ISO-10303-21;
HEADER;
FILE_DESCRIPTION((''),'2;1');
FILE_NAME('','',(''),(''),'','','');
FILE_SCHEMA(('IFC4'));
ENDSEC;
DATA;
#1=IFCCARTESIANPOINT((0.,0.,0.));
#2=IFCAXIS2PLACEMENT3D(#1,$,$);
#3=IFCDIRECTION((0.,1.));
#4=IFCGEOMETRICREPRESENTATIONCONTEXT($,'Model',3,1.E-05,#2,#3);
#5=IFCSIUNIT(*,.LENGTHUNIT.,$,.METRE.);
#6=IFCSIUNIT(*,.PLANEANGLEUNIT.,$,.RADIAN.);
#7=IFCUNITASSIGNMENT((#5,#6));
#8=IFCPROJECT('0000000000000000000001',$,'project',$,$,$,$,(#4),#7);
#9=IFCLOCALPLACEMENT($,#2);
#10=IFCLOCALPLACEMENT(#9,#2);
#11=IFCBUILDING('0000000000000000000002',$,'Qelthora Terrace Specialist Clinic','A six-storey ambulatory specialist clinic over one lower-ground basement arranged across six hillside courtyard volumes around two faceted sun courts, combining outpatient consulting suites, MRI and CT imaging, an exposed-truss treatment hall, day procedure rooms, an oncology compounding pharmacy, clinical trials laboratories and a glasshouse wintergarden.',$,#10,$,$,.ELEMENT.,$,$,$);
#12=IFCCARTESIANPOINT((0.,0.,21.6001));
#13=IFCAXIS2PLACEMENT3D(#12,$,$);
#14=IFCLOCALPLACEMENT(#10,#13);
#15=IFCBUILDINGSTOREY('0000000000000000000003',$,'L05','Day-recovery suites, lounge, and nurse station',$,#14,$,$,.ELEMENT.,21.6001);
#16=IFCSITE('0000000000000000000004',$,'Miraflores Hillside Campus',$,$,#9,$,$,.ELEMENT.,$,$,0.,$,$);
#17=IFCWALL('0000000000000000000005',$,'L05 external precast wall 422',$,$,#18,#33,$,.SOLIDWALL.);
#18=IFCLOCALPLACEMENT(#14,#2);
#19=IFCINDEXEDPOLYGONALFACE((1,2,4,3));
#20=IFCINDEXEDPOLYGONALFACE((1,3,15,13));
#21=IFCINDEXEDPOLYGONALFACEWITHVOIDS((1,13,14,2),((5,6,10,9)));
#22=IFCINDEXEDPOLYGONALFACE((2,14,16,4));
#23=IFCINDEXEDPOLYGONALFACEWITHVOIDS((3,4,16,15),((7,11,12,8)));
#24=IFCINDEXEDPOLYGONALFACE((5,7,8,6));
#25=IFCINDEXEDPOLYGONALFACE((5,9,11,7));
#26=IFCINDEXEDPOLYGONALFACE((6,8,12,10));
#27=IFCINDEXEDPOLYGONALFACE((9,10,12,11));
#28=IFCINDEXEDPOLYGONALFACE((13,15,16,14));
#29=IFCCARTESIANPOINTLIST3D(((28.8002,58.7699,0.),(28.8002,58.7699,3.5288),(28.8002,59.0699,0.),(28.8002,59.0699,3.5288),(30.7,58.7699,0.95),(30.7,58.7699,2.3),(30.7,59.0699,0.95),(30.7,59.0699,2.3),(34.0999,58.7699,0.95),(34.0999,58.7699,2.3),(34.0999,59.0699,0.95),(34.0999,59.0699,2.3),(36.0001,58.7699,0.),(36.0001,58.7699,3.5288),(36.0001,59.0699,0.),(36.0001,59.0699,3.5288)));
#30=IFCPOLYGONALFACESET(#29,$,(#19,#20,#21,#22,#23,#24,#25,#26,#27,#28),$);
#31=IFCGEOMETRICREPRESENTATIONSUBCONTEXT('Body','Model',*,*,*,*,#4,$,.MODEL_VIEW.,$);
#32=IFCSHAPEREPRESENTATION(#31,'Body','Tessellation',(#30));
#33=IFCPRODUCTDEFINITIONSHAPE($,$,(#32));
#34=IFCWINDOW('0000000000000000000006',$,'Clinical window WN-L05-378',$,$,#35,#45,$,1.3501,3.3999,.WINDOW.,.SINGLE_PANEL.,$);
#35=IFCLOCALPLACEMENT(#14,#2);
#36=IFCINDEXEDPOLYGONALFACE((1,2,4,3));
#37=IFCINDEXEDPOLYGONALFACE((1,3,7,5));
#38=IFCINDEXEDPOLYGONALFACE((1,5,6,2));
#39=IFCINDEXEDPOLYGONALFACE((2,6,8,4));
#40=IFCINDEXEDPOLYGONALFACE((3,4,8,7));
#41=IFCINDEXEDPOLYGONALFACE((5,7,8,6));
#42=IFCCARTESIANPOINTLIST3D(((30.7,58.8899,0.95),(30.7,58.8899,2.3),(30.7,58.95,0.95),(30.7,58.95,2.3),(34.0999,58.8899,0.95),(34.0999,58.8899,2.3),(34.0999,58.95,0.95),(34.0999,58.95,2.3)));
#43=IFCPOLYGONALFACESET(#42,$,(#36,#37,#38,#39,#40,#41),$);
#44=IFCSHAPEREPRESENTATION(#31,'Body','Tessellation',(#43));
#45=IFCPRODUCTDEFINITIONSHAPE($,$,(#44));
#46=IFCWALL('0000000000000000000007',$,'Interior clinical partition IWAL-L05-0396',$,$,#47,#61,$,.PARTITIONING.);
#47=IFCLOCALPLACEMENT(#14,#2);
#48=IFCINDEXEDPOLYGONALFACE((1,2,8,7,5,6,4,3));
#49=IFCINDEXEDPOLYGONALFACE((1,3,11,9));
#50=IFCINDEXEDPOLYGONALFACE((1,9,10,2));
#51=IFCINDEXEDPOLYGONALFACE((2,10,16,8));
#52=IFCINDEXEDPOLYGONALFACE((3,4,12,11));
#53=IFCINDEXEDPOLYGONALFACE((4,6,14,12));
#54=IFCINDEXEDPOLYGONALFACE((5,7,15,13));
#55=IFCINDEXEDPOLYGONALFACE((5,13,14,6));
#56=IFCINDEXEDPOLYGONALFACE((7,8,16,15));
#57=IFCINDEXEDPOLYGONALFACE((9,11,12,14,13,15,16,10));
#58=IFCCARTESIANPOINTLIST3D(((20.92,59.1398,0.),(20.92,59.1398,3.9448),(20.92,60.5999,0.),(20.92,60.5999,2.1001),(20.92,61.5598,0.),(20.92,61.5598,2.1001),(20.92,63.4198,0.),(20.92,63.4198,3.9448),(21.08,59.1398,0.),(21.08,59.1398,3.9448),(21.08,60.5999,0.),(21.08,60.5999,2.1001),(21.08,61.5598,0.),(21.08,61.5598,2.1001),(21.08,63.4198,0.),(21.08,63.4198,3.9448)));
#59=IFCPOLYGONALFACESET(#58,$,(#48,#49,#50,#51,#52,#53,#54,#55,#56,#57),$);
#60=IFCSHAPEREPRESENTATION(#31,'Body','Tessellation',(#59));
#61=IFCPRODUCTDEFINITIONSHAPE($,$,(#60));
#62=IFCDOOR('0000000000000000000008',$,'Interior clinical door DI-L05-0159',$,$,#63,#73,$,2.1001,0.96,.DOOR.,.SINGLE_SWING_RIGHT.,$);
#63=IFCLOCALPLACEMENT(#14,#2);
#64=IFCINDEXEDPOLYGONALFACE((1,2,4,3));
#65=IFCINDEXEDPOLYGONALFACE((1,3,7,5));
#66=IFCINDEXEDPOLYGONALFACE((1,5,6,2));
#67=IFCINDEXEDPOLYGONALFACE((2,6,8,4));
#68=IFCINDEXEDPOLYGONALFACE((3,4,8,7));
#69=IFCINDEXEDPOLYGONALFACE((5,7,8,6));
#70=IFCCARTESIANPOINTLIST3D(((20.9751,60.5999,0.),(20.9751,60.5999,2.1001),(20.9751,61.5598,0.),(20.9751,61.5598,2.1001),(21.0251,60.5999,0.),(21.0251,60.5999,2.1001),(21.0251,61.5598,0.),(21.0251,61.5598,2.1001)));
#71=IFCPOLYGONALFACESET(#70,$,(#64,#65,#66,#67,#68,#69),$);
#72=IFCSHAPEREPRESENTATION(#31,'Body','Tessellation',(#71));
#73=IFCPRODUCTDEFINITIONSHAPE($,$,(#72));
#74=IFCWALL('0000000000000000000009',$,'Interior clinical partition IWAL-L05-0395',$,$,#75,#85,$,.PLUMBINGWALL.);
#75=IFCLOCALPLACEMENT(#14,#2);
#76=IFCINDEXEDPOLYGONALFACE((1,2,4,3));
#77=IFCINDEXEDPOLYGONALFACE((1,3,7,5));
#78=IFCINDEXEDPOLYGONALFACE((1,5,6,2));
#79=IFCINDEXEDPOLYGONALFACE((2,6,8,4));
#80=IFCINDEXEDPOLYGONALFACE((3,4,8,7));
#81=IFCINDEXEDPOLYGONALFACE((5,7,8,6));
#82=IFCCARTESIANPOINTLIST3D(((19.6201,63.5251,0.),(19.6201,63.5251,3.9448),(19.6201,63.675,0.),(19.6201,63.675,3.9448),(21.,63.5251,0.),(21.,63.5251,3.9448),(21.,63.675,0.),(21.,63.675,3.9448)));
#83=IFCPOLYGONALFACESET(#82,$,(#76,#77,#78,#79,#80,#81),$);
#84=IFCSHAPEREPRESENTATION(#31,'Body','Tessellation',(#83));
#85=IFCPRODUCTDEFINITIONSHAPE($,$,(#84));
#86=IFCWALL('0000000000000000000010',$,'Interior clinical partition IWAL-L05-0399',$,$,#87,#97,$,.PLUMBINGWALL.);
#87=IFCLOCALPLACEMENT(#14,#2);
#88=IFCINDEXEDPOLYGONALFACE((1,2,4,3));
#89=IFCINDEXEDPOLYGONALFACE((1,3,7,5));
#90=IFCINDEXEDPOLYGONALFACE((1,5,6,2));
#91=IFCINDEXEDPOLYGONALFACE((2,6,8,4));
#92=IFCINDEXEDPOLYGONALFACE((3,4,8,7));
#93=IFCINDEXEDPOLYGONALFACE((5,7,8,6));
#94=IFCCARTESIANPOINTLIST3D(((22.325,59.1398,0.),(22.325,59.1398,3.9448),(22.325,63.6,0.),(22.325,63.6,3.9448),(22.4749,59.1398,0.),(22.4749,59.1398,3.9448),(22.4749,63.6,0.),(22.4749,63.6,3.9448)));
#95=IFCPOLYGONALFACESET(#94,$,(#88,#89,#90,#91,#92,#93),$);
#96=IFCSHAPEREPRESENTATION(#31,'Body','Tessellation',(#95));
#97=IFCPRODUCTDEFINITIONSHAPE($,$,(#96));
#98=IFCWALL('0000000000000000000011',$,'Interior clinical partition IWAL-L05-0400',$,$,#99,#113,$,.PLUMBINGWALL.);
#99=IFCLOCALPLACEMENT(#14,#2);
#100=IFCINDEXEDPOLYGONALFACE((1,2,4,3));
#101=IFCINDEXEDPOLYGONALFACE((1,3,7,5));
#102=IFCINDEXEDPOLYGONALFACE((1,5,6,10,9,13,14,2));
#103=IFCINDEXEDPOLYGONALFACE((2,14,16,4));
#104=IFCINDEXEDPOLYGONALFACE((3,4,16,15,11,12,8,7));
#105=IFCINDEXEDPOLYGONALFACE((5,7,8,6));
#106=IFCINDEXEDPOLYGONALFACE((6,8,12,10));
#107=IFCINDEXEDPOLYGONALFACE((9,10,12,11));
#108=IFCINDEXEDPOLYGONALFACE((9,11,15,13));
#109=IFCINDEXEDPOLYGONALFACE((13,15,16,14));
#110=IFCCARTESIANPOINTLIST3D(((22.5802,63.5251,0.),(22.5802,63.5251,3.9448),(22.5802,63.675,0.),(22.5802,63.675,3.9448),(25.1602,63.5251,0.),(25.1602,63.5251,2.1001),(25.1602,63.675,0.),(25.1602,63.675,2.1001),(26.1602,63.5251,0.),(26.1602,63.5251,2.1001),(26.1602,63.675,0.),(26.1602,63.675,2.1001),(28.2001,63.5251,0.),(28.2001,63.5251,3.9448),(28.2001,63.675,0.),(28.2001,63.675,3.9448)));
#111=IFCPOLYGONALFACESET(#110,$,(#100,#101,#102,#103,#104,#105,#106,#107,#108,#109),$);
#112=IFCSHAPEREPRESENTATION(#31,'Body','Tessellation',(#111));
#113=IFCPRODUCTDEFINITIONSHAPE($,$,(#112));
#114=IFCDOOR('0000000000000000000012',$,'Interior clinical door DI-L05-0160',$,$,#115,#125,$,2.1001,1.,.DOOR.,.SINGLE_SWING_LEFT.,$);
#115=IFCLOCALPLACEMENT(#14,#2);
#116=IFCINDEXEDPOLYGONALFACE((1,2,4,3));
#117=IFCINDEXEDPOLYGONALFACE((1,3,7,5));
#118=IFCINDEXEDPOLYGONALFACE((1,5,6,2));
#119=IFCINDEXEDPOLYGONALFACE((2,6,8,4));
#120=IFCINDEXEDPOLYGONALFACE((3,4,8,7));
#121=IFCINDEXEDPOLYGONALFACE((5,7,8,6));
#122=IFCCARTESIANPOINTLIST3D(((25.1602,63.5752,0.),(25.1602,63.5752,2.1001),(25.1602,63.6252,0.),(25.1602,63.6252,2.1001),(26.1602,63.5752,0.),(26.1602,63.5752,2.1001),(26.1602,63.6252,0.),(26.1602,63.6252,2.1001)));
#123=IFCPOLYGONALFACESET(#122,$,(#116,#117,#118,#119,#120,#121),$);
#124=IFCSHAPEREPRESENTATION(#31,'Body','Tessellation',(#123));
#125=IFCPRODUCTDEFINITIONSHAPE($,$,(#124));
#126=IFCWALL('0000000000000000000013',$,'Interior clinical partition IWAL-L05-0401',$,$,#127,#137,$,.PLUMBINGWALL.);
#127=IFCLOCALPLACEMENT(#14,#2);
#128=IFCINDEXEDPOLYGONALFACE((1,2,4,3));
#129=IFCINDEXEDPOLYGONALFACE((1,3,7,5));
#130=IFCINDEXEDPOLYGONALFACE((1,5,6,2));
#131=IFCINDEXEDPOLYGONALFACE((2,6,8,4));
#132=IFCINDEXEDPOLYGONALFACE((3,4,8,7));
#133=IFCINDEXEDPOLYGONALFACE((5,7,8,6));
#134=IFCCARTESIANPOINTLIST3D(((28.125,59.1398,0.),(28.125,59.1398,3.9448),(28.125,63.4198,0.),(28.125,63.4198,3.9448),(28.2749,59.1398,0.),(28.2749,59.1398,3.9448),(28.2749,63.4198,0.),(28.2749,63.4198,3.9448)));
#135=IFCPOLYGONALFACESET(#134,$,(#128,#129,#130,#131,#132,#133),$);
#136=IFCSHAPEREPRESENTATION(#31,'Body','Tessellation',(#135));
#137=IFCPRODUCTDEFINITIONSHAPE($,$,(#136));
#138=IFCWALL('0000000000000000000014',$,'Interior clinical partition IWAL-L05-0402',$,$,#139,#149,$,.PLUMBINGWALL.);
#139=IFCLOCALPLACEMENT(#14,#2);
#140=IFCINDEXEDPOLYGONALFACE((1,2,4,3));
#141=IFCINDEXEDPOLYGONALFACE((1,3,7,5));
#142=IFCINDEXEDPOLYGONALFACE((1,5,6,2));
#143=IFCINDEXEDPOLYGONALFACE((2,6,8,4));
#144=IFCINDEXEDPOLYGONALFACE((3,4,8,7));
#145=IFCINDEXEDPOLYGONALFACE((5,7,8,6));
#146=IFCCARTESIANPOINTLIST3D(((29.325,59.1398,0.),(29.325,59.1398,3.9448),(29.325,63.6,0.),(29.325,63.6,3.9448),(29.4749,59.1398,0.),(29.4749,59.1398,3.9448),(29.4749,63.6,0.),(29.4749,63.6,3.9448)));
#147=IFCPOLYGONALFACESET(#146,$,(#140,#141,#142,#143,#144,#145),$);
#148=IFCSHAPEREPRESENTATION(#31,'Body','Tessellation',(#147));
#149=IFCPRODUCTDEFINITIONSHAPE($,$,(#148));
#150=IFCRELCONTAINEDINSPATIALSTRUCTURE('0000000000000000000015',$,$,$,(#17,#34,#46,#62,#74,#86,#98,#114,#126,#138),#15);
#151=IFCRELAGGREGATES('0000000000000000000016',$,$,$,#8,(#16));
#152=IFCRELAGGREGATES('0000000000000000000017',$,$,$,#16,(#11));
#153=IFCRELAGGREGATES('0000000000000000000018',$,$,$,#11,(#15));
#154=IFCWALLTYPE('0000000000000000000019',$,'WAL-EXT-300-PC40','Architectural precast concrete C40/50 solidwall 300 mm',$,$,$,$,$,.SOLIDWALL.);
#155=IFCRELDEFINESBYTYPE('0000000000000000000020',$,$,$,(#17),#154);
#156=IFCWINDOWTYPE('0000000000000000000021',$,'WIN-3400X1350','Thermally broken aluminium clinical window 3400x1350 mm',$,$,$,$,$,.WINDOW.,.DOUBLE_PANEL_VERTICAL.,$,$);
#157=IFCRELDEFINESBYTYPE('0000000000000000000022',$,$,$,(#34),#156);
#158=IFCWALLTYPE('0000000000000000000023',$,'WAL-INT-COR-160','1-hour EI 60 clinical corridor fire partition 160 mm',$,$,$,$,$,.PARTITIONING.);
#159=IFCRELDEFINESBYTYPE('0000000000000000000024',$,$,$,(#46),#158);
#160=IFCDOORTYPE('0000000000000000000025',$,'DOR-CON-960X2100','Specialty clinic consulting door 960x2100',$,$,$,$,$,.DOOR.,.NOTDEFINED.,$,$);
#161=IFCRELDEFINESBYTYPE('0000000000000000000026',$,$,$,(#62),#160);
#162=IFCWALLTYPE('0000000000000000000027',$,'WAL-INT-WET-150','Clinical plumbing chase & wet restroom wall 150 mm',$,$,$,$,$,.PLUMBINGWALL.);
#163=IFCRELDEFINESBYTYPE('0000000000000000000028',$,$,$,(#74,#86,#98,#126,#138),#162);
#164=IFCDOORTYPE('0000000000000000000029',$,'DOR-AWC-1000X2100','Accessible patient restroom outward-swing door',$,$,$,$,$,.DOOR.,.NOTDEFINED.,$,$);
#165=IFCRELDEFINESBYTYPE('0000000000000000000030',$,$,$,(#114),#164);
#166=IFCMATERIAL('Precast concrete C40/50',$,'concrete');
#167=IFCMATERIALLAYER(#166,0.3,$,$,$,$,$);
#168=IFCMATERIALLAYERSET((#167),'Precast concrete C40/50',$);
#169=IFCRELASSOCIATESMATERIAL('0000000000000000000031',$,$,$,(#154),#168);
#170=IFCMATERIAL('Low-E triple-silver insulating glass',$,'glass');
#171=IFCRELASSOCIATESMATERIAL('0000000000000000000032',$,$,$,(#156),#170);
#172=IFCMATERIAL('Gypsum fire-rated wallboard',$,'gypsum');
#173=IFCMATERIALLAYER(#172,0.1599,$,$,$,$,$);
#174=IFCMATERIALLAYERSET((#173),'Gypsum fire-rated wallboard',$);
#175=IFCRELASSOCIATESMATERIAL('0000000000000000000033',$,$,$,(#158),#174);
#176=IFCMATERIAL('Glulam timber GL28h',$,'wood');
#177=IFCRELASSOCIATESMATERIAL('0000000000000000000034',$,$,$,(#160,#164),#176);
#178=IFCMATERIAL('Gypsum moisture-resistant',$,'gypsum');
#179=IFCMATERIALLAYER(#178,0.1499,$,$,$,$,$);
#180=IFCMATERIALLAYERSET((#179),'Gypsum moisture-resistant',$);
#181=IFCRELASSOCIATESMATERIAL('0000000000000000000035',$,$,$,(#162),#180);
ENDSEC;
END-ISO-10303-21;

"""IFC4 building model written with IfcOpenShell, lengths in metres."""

from ifc_helpers import new_model, si_unit, direction, frame, frame_2d, origin, place, context, subcontext, project, spatial, rectangle, extrude, material, layer, layer_set, type_object, element, fill, save


model = new_model("IFC4")

# Units and contexts
model_context = context("Model", 3, precision=1e-05, world=origin(), true_north=direction((0.0, 1.0)))
body_context = subcontext(model_context, "Body", "Model", "MODEL_VIEW")
ifc_project = project(units=[si_unit("LENGTHUNIT", "METRE"), si_unit("PLANEANGLEUNIT", "RADIAN")], contexts=[model_context])

# Site, building, storey
site_placement = place(None, origin())
site = spatial("IfcSite", under=ifc_project, at=site_placement, Name="Miraflores Hillside Campus", CompositionType="ELEMENT", RefElevation=0.0)
building_placement = place(site_placement, origin())
building = spatial("IfcBuilding", under=site, at=building_placement, Name="Qelthora Terrace Specialist Clinic", Description="A six-storey ambulatory specialist clinic over one lower-ground basement arranged across six hillside courtyard volumes around two faceted sun courts, combining outpatient consulting suites, MRI and CT imaging, an exposed-truss treatment hall, day procedure rooms, an oncology compounding pharmacy, clinical trials laboratories and a glasshouse wintergarden.", CompositionType="ELEMENT")
storey_placement = place(building_placement, frame((0.0, 0.0, 21.6001)))
storey = spatial("IfcBuildingStorey", under=building, at=storey_placement, Name="L05", Description="Day-recovery suites, lounge, and nurse station", CompositionType="ELEMENT", Elevation=21.6001)

# Wall, opening, window
ifc_material_1 = material(Name="Precast concrete C40/50", Category="concrete")
ifc_material_2 = material(Name="Low-E triple-silver insulating glass", Category="glass")
ifc_layer_1 = layer(ifc_material_1, 0.3)
ifc_layer_set_1 = layer_set([ifc_layer_1], Name="Precast concrete C40/50")
wall_type_1 = type_object("IfcWallType", Name="WAL-EXT-300-PC40", Description="Architectural precast concrete C40/50 solidwall 300 mm", PredefinedType="SOLIDWALL", material=ifc_layer_set_1)
wall_1_placement = place(storey_placement, frame((28.8, 58.9199, 0.0), z_axis=(0.0, 0.0, 1.0), x_axis=(1.0, 0.0, 0.0)))
wall_1 = element("IfcWall", 1, at=wall_1_placement, inside=storey, type_object=wall_type_1, Name="L05 external precast wall 422", PredefinedType="SOLIDWALL", context=body_context, shape_type="SweptSolid", body=[
    extrude(rectangle(XDim=7.2, YDim=0.3, at=frame_2d((3.6001, 0.0))), origin(), (0.0, 0.0, 1.0), 3.5288),
])
opening_1_placement = place(wall_1_placement, frame((1.8999, 0.0, 0.95)))
opening_1 = element("IfcOpeningElement", 2, at=opening_1_placement, cuts=wall_1, PredefinedType="OPENING", context=body_context, shape_type="SweptSolid", body=[
    extrude(rectangle(XDim=3.3999, YDim=1.3501, at=frame_2d((1.7, 0.675))), frame((0.0, 0.1599, 0.0), z_axis=(0.0, -1.0, 0.0), x_axis=(1.0, 0.0, 0.0)), (0.0, 0.0, 1.0), 0.3201),
])
window_type_1 = type_object("IfcWindowType", Name="WIN-3400X1350", Description="Thermally broken aluminium clinical window 3400x1350 mm", PartitioningType="DOUBLE_PANEL_VERTICAL", PredefinedType="WINDOW", material=ifc_material_2)
window_1_placement = place(opening_1_placement, origin())
window_1 = element("IfcWindow", 3, at=window_1_placement, inside=storey, type_object=window_type_1, Name="Clinical window WN-L05-378", OverallHeight=1.3501, OverallWidth=3.3999, PartitioningType="SINGLE_PANEL", PredefinedType="WINDOW", context=body_context, shape_type="SweptSolid", body=[
    extrude(rectangle(XDim=3.3999, YDim=1.3501, at=frame_2d((1.7, 0.675))), frame((0.0, 0.03, 0.0), z_axis=(0.0, -1.0, 0.0), x_axis=(1.0, 0.0, 0.0)), (0.0, 0.0, 1.0), 0.0601),
])
fill(opening_1, window_1)

# Wall, opening, door
ifc_material_3 = material(Name="Gypsum fire-rated wallboard", Category="gypsum")
ifc_layer_2 = layer(ifc_material_3, 0.1599)
ifc_layer_set_2 = layer_set([ifc_layer_2], Name="Gypsum fire-rated wallboard")
wall_type_2 = type_object("IfcWallType", Name="WAL-INT-COR-160", Description="1-hour EI 60 clinical corridor fire partition 160 mm", PredefinedType="PARTITIONING", material=ifc_layer_set_2)
wall_2_placement = place(storey_placement, frame((21.0, 63.4199, 0.0), z_axis=(0.0, 0.0, 1.0), x_axis=(0.0, -1.0, 0.0)))
wall_2 = element("IfcWall", 4, at=wall_2_placement, inside=storey, type_object=wall_type_2, Name="Interior clinical partition IWAL-L05-0396", PredefinedType="PARTITIONING", context=body_context, shape_type="SweptSolid", body=[
    extrude(rectangle(XDim=4.28, YDim=0.1599, at=frame_2d((2.1401, 0.0))), origin(), (0.0, 0.0, 1.0), 3.9448),
])
opening_2_placement = place(wall_2_placement, frame((1.8601, 0.0, 0.0)))
opening_2 = element("IfcOpeningElement", 5, at=opening_2_placement, cuts=wall_2, PredefinedType="OPENING", context=body_context, shape_type="SweptSolid", body=[
    extrude(rectangle(XDim=0.96, YDim=2.1001, at=frame_2d((0.48, 1.05))), frame((0.0, 0.0898, 0.0), z_axis=(0.0, -1.0, 0.0), x_axis=(1.0, 0.0, 0.0)), (0.0, 0.0, 1.0), 0.1799),
])
ifc_material_4 = material(Name="Glulam timber GL28h", Category="wood")
door_type_1 = type_object("IfcDoorType", Name="DOR-CON-960X2100", Description="Specialty clinic consulting door 960x2100", OperationType="NOTDEFINED", PredefinedType="DOOR", material=ifc_material_4)
door_1_placement = place(opening_2_placement, frame((0.96, 0.0, 0.0), z_axis=(0.0, 0.0, 1.0), x_axis=(-1.0, 0.0, 0.0)))
door_1 = element("IfcDoor", 6, at=door_1_placement, inside=storey, type_object=door_type_1, Name="Interior clinical door DI-L05-0159", OperationType="SINGLE_SWING_RIGHT", OverallHeight=2.1001, OverallWidth=0.96, PredefinedType="DOOR", context=body_context, shape_type="SweptSolid", body=[
    extrude(rectangle(XDim=0.96, YDim=2.1001, at=frame_2d((0.48, 1.05))), frame((0.0, 0.0249, 0.0), z_axis=(0.0, -1.0, 0.0), x_axis=(1.0, 0.0, 0.0)), (0.0, 0.0, 1.0), 0.05),
])
fill(opening_2, door_1)

# Walls
ifc_material_5 = material(Name="Gypsum moisture-resistant", Category="gypsum")
ifc_layer_3 = layer(ifc_material_5, 0.1499)
ifc_layer_set_3 = layer_set([ifc_layer_3], Name="Gypsum moisture-resistant")
wall_type_3 = type_object("IfcWallType", Name="WAL-INT-WET-150", Description="Clinical plumbing chase & wet restroom wall 150 mm", PredefinedType="PLUMBINGWALL", material=ifc_layer_set_3)
wall_3_placement = place(storey_placement, frame((19.6201, 63.6001, 0.0), z_axis=(0.0, 0.0, 1.0), x_axis=(1.0, 0.0, 0.0)))
element("IfcWall", 7, at=wall_3_placement, inside=storey, type_object=wall_type_3, Name="Interior clinical partition IWAL-L05-0395", PredefinedType="PLUMBINGWALL", context=body_context, shape_type="SweptSolid", body=[
    extrude(rectangle(XDim=1.3799, YDim=0.1499, at=frame_2d((0.6899, 0.0))), origin(), (0.0, 0.0, 1.0), 3.9448),
])
wall_4_placement = place(storey_placement, frame((22.3999, 59.1399, 0.0), z_axis=(0.0, 0.0, 1.0), x_axis=(0.0, 1.0, 0.0)))
element("IfcWall", 8, at=wall_4_placement, inside=storey, type_object=wall_type_3, Name="Interior clinical partition IWAL-L05-0399", PredefinedType="PLUMBINGWALL", context=body_context, shape_type="SweptSolid", body=[
    extrude(rectangle(XDim=4.4602, YDim=0.1499, at=frame_2d((2.23, 0.0))), origin(), (0.0, 0.0, 1.0), 3.9448),
])

# Wall, opening, door
wall_5_placement = place(storey_placement, frame((22.5801, 63.6001, 0.0), z_axis=(0.0, 0.0, 1.0), x_axis=(1.0, 0.0, 0.0)))
wall_5 = element("IfcWall", 9, at=wall_5_placement, inside=storey, type_object=wall_type_3, Name="Interior clinical partition IWAL-L05-0400", PredefinedType="PLUMBINGWALL", context=body_context, shape_type="SweptSolid", body=[
    extrude(rectangle(XDim=5.6199, YDim=0.1499, at=frame_2d((2.8101, 0.0))), origin(), (0.0, 0.0, 1.0), 3.9448),
])
opening_3_placement = place(wall_5_placement, frame((2.5801, 0.0, 0.0)))
opening_3 = element("IfcOpeningElement", 10, at=opening_3_placement, cuts=wall_5, PredefinedType="OPENING", context=body_context, shape_type="SweptSolid", body=[
    extrude(rectangle(XDim=1.0, YDim=2.1001, at=frame_2d((0.5, 1.05))), frame((0.0, 0.085, 0.0), z_axis=(0.0, -1.0, 0.0), x_axis=(1.0, 0.0, 0.0)), (0.0, 0.0, 1.0), 0.1699),
])
door_type_2 = type_object("IfcDoorType", Name="DOR-AWC-1000X2100", Description="Accessible patient restroom outward-swing door", OperationType="NOTDEFINED", PredefinedType="DOOR", material=ifc_material_4)
door_2_placement = place(opening_3_placement, frame((1.0, 0.0, 0.0), z_axis=(0.0, 0.0, 1.0), x_axis=(-1.0, 0.0, 0.0)))
door_2 = element("IfcDoor", 11, at=door_2_placement, inside=storey, type_object=door_type_2, Name="Interior clinical door DI-L05-0160", OperationType="SINGLE_SWING_LEFT", OverallHeight=2.1001, OverallWidth=1.0, PredefinedType="DOOR", context=body_context, shape_type="SweptSolid", body=[
    extrude(rectangle(XDim=1.0, YDim=2.1001, at=frame_2d((0.5, 1.05))), frame((0.0, 0.0249, 0.0), z_axis=(0.0, -1.0, 0.0), x_axis=(1.0, 0.0, 0.0)), (0.0, 0.0, 1.0), 0.05),
])
fill(opening_3, door_2)

# Walls
wall_6_placement = place(storey_placement, frame((28.2, 63.4199, 0.0), z_axis=(0.0, 0.0, 1.0), x_axis=(0.0, -1.0, 0.0)))
element("IfcWall", 12, at=wall_6_placement, inside=storey, type_object=wall_type_3, Name="Interior clinical partition IWAL-L05-0401", PredefinedType="PLUMBINGWALL", context=body_context, shape_type="SweptSolid", body=[
    extrude(rectangle(XDim=4.28, YDim=0.1499, at=frame_2d((2.1401, 0.0))), origin(), (0.0, 0.0, 1.0), 3.9448),
])
wall_7_placement = place(storey_placement, frame((29.3999, 59.1399, 0.0), z_axis=(0.0, 0.0, 1.0), x_axis=(0.0, 1.0, 0.0)))
element("IfcWall", 13, at=wall_7_placement, inside=storey, type_object=wall_type_3, Name="Interior clinical partition IWAL-L05-0402", PredefinedType="PLUMBINGWALL", context=body_context, shape_type="SweptSolid", body=[
    extrude(rectangle(XDim=4.4602, YDim=0.1499, at=frame_2d((2.23, 0.0))), origin(), (0.0, 0.0, 1.0), 3.9448),
])

save(model, "model.ifc")
